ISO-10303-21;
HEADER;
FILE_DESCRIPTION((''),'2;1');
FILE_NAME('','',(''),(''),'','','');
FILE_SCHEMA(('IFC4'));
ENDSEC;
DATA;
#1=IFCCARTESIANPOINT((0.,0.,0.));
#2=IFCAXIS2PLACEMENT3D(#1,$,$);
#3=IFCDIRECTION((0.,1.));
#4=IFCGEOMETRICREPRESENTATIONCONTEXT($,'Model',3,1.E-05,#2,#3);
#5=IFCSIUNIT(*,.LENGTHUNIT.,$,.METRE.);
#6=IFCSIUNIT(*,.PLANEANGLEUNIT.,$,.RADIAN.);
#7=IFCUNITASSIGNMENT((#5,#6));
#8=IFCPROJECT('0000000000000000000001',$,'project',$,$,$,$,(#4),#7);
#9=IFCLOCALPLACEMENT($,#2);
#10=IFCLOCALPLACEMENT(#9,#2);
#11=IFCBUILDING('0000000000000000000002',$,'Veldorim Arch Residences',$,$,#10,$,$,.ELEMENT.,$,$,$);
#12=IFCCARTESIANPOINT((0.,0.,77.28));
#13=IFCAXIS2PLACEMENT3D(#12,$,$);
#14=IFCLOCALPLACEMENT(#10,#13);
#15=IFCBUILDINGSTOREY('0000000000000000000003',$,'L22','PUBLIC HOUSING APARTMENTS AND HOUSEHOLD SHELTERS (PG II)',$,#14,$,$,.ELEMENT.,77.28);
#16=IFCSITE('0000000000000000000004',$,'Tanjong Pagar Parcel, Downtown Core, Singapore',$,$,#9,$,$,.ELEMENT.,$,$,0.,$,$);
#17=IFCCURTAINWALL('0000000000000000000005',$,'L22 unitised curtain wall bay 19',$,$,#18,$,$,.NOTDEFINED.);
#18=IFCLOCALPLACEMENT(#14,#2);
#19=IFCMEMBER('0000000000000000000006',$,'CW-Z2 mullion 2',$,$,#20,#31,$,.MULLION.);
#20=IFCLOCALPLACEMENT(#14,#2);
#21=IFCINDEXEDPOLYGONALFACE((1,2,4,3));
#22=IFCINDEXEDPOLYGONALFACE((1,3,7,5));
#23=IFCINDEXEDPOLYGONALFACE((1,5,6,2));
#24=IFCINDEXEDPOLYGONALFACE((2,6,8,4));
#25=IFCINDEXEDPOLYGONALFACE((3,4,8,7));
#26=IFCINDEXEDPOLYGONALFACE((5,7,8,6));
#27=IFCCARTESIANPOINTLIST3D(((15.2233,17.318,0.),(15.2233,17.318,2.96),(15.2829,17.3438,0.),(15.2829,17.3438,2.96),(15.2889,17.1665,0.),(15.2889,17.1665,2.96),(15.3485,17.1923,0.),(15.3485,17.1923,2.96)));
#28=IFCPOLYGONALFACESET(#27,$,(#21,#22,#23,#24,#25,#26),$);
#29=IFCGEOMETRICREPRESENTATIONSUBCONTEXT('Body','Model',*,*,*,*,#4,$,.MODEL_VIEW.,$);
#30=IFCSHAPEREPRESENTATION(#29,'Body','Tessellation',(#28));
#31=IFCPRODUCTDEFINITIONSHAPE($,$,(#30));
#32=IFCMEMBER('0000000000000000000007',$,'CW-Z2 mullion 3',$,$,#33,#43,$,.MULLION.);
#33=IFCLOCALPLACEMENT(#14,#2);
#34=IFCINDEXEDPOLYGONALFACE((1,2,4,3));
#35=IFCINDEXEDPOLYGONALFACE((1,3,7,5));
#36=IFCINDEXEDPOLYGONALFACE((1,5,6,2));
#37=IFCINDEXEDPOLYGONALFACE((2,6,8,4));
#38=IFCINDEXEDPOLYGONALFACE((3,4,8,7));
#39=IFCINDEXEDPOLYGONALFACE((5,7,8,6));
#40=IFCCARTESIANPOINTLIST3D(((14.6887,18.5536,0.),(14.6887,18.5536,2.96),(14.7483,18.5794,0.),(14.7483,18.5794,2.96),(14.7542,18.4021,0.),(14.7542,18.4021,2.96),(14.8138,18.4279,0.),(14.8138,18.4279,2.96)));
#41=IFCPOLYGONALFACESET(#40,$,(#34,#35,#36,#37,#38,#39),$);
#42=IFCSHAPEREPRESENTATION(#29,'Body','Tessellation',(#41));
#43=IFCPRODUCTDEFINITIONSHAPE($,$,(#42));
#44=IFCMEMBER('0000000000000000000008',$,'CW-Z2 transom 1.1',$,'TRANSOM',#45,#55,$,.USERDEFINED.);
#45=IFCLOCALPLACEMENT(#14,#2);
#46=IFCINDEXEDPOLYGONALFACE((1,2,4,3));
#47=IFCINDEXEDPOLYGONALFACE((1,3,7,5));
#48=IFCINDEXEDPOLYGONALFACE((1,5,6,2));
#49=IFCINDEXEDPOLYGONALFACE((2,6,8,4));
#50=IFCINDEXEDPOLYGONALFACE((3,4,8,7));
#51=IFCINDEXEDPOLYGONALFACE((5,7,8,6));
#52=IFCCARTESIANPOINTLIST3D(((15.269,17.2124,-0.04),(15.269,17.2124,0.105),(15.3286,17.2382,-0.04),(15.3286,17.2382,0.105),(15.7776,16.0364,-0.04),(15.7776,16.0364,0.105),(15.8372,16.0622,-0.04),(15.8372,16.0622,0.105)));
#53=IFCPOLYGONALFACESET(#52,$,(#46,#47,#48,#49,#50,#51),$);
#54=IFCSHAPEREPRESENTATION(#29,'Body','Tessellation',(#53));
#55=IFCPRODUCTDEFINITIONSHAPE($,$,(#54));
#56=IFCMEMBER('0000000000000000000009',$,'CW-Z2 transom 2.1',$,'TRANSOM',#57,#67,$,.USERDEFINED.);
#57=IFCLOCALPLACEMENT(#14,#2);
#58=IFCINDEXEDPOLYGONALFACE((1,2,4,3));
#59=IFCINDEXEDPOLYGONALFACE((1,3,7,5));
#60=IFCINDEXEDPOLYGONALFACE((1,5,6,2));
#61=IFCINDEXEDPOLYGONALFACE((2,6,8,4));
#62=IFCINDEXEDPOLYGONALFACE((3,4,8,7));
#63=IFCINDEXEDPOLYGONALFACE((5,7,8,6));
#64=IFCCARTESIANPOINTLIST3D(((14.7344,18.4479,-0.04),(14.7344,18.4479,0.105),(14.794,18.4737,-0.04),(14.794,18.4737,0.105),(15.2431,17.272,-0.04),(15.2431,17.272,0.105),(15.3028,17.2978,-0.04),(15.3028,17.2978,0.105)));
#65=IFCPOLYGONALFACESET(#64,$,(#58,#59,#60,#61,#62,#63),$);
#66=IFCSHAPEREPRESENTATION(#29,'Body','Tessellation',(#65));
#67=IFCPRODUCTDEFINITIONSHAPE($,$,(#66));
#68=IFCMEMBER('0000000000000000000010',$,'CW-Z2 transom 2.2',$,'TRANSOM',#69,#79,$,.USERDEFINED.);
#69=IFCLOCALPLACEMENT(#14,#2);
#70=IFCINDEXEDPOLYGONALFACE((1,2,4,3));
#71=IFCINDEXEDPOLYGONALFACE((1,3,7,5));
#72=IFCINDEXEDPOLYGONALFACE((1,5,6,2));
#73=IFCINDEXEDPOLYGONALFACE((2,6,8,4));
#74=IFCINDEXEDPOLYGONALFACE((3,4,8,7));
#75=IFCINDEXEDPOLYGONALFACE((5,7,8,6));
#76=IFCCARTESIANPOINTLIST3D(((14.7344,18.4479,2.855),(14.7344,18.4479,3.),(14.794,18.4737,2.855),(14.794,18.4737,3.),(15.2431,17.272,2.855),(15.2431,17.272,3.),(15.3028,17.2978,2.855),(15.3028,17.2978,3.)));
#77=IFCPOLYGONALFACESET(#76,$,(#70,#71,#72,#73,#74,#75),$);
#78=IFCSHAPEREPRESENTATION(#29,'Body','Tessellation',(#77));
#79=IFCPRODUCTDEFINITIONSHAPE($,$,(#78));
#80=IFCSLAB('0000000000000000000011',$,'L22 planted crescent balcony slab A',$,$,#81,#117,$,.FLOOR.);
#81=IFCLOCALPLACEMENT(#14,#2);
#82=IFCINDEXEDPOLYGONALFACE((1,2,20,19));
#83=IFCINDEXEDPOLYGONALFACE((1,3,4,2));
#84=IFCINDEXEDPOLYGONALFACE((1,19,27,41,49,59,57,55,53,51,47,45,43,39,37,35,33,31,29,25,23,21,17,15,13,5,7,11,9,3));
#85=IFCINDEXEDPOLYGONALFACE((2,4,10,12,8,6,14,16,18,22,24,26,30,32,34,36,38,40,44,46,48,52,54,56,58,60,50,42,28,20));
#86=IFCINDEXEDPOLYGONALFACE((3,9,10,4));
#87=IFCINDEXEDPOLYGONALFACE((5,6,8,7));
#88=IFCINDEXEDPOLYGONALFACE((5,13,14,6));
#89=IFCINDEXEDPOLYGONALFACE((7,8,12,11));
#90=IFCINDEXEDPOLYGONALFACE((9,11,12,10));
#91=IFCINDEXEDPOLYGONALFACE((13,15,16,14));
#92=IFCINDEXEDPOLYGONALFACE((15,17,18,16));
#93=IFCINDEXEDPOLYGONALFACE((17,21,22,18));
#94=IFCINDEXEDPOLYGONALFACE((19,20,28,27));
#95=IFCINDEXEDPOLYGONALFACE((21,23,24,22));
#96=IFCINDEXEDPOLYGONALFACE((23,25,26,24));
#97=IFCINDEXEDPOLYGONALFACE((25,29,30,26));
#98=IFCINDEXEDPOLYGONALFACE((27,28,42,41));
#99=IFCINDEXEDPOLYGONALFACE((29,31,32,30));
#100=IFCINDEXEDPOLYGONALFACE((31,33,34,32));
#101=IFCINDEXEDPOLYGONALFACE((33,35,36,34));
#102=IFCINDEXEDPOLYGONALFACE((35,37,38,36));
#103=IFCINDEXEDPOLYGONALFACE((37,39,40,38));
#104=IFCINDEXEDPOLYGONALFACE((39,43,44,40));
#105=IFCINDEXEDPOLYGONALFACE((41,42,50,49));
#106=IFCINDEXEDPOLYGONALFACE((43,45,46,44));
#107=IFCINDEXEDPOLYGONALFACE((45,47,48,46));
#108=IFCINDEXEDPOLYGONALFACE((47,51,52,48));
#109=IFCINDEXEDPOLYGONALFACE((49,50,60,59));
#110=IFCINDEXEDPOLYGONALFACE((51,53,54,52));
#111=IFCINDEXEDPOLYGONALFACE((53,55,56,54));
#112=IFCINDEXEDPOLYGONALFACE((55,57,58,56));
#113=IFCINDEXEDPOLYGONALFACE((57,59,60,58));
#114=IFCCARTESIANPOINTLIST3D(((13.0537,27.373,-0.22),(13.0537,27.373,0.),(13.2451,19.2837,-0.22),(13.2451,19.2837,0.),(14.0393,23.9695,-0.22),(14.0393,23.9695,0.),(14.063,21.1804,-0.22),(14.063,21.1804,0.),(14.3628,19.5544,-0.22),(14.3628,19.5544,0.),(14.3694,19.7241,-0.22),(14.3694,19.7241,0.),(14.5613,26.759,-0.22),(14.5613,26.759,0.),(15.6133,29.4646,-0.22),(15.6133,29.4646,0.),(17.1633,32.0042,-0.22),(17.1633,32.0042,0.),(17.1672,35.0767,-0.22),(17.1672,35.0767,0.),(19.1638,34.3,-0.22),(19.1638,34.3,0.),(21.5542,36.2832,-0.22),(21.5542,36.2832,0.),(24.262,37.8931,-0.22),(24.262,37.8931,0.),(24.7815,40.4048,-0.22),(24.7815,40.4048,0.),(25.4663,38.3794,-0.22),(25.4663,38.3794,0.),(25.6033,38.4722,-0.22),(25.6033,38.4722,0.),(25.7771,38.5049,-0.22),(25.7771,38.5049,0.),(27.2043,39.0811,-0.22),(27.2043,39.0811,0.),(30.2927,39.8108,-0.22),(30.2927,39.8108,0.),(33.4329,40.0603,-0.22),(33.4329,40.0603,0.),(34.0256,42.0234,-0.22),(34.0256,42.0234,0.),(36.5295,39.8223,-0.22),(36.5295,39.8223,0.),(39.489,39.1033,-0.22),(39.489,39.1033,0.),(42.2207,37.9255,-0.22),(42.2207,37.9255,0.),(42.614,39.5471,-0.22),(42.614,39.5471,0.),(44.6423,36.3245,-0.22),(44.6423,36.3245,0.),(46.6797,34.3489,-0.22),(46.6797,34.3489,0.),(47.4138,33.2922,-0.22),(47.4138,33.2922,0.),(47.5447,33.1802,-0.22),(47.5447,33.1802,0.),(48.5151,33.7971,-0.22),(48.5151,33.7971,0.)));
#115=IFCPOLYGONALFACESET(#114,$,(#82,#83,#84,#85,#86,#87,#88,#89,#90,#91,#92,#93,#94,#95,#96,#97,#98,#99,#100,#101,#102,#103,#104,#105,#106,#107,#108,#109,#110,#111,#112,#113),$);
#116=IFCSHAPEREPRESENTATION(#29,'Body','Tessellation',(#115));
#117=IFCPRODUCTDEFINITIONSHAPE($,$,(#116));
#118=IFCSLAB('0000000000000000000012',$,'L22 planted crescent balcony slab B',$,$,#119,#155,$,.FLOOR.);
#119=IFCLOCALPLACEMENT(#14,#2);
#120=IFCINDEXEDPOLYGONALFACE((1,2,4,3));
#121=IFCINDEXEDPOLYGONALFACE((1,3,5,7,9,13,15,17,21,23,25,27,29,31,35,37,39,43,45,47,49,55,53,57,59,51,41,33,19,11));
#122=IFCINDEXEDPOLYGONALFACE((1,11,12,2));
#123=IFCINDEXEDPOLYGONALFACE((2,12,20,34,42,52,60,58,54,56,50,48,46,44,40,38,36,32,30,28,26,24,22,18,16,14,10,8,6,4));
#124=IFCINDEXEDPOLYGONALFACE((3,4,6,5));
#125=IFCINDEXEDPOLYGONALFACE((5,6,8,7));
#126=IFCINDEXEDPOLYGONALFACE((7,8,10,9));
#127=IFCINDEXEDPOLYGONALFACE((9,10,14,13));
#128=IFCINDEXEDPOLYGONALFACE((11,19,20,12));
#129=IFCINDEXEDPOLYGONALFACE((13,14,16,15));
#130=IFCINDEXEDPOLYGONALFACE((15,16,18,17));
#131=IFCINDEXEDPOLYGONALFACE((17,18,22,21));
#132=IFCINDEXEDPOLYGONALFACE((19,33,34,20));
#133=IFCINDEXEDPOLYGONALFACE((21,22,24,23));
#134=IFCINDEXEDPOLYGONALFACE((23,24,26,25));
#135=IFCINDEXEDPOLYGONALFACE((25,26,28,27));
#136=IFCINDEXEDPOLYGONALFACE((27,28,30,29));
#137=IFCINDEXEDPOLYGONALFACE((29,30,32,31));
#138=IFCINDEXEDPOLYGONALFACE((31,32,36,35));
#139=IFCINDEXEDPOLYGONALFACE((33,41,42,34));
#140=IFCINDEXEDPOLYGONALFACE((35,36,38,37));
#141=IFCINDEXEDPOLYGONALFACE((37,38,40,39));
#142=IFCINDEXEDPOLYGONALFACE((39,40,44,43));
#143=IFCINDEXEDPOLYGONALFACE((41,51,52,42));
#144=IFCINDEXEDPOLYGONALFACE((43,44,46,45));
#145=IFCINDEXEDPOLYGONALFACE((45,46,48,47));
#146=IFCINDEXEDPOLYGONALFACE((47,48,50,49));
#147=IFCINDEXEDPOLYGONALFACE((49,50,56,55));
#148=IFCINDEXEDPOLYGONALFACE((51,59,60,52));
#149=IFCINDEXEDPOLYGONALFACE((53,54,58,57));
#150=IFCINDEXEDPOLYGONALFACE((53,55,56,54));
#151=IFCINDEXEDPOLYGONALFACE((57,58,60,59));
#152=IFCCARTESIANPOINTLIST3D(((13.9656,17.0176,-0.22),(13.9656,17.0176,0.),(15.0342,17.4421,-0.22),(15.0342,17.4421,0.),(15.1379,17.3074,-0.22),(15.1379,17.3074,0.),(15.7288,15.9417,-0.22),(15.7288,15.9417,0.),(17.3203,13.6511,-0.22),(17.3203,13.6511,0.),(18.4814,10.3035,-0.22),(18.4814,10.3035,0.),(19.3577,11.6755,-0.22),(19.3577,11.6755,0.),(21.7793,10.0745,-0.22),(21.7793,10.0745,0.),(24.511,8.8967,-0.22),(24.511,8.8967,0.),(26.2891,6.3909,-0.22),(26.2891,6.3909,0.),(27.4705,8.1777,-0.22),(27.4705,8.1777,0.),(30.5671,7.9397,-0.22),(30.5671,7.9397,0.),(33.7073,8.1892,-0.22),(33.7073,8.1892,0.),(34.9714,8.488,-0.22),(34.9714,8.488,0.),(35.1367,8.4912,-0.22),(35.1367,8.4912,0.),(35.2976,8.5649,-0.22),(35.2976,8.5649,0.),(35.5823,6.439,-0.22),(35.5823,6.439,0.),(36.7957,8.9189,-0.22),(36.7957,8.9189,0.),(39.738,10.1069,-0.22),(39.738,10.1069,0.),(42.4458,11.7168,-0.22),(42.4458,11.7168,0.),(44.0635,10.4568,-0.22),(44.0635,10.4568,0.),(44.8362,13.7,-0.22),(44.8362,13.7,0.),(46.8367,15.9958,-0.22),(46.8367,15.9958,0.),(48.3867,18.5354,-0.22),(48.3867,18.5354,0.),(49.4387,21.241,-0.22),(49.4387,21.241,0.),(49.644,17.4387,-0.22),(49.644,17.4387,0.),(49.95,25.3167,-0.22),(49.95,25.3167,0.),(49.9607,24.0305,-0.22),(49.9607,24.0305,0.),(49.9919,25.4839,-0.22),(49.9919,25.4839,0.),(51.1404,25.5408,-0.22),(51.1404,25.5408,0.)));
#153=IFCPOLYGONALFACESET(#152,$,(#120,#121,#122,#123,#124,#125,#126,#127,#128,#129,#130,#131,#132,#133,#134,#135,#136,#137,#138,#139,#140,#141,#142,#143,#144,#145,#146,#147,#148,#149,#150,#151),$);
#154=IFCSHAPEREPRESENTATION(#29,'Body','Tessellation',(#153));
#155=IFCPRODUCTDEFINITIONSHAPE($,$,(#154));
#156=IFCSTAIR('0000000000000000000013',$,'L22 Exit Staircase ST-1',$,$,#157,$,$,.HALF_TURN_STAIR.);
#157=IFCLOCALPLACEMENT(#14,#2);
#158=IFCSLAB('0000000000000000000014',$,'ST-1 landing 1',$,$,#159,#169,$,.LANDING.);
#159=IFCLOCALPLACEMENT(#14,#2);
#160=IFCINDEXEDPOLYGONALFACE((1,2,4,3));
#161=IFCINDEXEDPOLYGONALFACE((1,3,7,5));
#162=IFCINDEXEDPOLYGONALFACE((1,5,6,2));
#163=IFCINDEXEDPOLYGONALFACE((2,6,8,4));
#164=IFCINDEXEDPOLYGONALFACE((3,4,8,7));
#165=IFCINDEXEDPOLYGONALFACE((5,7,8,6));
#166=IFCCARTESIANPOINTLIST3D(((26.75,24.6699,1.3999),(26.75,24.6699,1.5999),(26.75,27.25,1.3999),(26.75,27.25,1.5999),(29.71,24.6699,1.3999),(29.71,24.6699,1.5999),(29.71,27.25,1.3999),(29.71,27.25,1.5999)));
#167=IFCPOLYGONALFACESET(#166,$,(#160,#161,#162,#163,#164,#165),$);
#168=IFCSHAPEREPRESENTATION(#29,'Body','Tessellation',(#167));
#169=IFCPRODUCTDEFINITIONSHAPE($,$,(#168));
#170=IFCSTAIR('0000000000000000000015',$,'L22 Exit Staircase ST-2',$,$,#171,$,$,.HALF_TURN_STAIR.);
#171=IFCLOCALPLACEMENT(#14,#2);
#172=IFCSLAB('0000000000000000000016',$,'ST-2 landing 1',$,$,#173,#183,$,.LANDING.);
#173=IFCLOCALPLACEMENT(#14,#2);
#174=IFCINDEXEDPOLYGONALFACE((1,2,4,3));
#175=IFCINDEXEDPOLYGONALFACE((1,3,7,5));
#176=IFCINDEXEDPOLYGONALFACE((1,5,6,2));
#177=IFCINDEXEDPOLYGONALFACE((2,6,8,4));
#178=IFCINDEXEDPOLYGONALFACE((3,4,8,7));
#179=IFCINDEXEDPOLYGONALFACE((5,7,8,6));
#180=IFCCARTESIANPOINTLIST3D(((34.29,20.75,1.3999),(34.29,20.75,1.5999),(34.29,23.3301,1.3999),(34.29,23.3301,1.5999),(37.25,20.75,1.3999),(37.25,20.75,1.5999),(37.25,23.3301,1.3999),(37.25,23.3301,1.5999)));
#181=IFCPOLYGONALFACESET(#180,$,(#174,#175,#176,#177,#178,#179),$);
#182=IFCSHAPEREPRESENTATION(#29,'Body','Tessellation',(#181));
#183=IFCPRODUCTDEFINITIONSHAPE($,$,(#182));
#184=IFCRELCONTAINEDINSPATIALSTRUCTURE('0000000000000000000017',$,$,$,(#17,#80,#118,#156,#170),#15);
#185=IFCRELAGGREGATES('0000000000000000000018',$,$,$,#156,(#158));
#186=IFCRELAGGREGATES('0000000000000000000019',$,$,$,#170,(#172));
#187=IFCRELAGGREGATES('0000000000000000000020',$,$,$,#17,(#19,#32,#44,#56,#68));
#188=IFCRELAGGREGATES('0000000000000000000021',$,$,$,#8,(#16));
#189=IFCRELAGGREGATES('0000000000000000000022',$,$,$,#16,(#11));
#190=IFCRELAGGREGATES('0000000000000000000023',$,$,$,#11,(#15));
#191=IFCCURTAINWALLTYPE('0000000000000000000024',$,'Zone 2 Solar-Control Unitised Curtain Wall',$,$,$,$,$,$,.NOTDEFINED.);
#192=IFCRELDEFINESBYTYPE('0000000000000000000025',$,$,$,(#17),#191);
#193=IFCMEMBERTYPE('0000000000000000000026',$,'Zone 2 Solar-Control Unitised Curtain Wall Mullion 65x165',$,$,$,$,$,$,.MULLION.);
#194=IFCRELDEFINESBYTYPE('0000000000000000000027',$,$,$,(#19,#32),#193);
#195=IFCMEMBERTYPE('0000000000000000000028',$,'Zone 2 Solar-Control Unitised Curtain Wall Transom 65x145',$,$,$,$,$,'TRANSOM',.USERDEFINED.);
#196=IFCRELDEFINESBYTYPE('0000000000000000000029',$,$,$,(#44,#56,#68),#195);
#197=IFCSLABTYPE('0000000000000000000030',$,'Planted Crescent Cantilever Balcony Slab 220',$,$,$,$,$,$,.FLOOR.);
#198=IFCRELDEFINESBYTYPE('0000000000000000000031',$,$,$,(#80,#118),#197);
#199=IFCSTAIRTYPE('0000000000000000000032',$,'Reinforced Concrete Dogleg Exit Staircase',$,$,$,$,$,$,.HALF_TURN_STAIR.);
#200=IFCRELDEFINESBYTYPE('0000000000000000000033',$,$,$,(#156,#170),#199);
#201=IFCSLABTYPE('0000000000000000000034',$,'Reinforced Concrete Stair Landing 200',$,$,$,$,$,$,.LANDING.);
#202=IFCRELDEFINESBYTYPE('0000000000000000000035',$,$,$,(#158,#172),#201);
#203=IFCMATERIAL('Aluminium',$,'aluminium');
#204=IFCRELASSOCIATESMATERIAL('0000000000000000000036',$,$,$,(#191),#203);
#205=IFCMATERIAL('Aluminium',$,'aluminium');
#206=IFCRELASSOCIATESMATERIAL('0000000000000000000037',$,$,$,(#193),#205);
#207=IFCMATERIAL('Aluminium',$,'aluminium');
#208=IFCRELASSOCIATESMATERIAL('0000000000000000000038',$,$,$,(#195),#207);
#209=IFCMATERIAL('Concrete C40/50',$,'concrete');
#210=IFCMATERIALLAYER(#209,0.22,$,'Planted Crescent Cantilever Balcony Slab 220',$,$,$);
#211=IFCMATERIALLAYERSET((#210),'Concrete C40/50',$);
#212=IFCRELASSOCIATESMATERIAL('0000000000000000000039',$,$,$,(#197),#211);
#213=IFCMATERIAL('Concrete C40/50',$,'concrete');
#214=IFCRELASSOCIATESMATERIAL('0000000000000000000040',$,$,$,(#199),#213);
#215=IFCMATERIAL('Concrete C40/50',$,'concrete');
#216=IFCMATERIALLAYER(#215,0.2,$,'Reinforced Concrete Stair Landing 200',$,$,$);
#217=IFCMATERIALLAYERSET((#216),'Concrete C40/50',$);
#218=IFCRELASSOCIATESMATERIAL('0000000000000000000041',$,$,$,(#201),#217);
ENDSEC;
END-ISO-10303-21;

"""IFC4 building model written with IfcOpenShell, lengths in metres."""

from ifc_helpers import new_model, si_unit, direction, frame, origin, origin_2d, place, context, subcontext, project, spatial, polyline, rectangle, outline, extrude, material, layer, layer_set, material_profile, profile_set, type_object, element, aggregate, save


model = new_model("IFC4")

# Units and contexts
model_context = context("Model", 3, precision=1e-05, world=origin(), true_north=direction((0.0, 1.0)))
body_context = subcontext(model_context, "Body", "Model", "MODEL_VIEW")
ifc_project = project(units=[si_unit("LENGTHUNIT", "METRE"), si_unit("PLANEANGLEUNIT", "RADIAN")], contexts=[model_context])

# Site, building, storey
site_placement = place(None, origin())
site = spatial("IfcSite", under=ifc_project, at=site_placement, Name="Tanjong Pagar Parcel, Downtown Core, Singapore", CompositionType="ELEMENT", RefElevation=0.0)
building_placement = place(site_placement, origin())
building = spatial("IfcBuilding", under=site, at=building_placement, Name="Veldorim Arch Residences", CompositionType="ELEMENT")
storey_placement = place(building_placement, frame((0.0, 0.0, 77.28)))
storey = spatial("IfcBuildingStorey", under=building, at=storey_placement, Name="L22", Description="PUBLIC HOUSING APARTMENTS AND HOUSEHOLD SHELTERS (PG II)", CompositionType="ELEMENT", Elevation=77.28)

# Curtain wall, members
ifc_material_1 = material(Name="Aluminium", Category="aluminium")
curtain_wall_type = type_object("IfcCurtainWallType", Name="Zone 2 Solar-Control Unitised Curtain Wall", PredefinedType="NOTDEFINED", material=ifc_material_1)
curtain_wall_placement = place(storey_placement, origin())
curtain_wall = element("IfcCurtainWall", 1, at=curtain_wall_placement, inside=storey, type_object=curtain_wall_type, Name="L22 unitised curtain wall bay 19", PredefinedType="NOTDEFINED")
ifc_material_2 = material(Name="Aluminium", Category="aluminium")
ifc_material_profile_1 = material_profile(ifc_material_2, rectangle(XDim=0.0649, YDim=0.165, at=origin_2d()), Name="ALU_MUL_65x165")
ifc_profile_set_1 = profile_set([ifc_material_profile_1], Name="Aluminium")
member_type_1 = type_object("IfcMemberType", Name="Zone 2 Solar-Control Unitised Curtain Wall Mullion 65x165", PredefinedType="MULLION", material=ifc_profile_set_1)
member_1_placement = place(storey_placement, frame((15.2859, 17.2551, 0.0), z_axis=(0.0, 0.0, 1.0), x_axis=(-0.917797, -0.397051, 0.0)))
member_1 = element("IfcMember", 2, at=member_1_placement, type_object=member_type_1, Name="CW-Z2 mullion 2", PredefinedType="MULLION", context=body_context, shape_type="SweptSolid", body=[
    extrude(rectangle(XDim=0.0649, YDim=0.165, at=origin_2d()), origin(), (0.0, 0.0, 1.0), 2.96),
])
member_2_placement = place(storey_placement, frame((14.7512, 18.4907, 0.0), z_axis=(0.0, 0.0, 1.0), x_axis=(-0.917797, -0.397051, 0.0)))
member_2 = element("IfcMember", 3, at=member_2_placement, type_object=member_type_1, Name="CW-Z2 mullion 3", PredefinedType="MULLION", context=body_context, shape_type="SweptSolid", body=[
    extrude(rectangle(XDim=0.0649, YDim=0.165, at=origin_2d()), origin(), (0.0, 0.0, 1.0), 2.96),
])
ifc_material_3 = material(Name="Aluminium", Category="aluminium")
ifc_material_profile_2 = material_profile(ifc_material_3, rectangle(XDim=0.0649, YDim=0.145, at=origin_2d()), Name="ALU_TRN_65x145")
ifc_profile_set_2 = profile_set([ifc_material_profile_2], Name="Aluminium")
member_type_2 = type_object("IfcMemberType", Name="Zone 2 Solar-Control Unitised Curtain Wall Transom 65x145", ElementType="TRANSOM", PredefinedType="USERDEFINED", material=ifc_profile_set_2)
member_3_placement = place(storey_placement, frame((15.8074, 16.0493, 0.0325), z_axis=(-0.396907, 0.917859, 0.0), x_axis=(-0.917859, -0.396907, 0.0)))
member_3 = element("IfcMember", 4, at=member_3_placement, type_object=member_type_2, Name="CW-Z2 transom 1.1", ObjectType="TRANSOM", PredefinedType="USERDEFINED", context=body_context, shape_type="SweptSolid", body=[
    extrude(rectangle(XDim=0.0649, YDim=0.145, at=origin_2d()), origin(), (0.0, 0.0, 1.0), 1.2812),
])
member_4_placement = place(storey_placement, frame((15.2729, 17.2849, 0.0325), z_axis=(-0.397067, 0.917789, 0.0), x_axis=(-0.917789, -0.397067, 0.0)))
member_4 = element("IfcMember", 5, at=member_4_placement, type_object=member_type_2, Name="CW-Z2 transom 2.1", ObjectType="TRANSOM", PredefinedType="USERDEFINED", context=body_context, shape_type="SweptSolid", body=[
    extrude(rectangle(XDim=0.0649, YDim=0.145, at=origin_2d()), origin(), (0.0, 0.0, 1.0), 1.2812),
])
member_5_placement = place(storey_placement, frame((15.2729, 17.2849, 2.9275), z_axis=(-0.397067, 0.917789, 0.0), x_axis=(-0.917789, -0.397067, 0.0)))
member_5 = element("IfcMember", 6, at=member_5_placement, type_object=member_type_2, Name="CW-Z2 transom 2.2", ObjectType="TRANSOM", PredefinedType="USERDEFINED", context=body_context, shape_type="SweptSolid", body=[
    extrude(rectangle(XDim=0.0649, YDim=0.145, at=origin_2d()), origin(), (0.0, 0.0, 1.0), 1.2812),
])

# Slabs
ifc_material_4 = material(Name="Concrete C40/50", Category="concrete")
ifc_layer_1 = layer(ifc_material_4, 0.22, Name="Planted Crescent Cantilever Balcony Slab 220")
ifc_layer_set_1 = layer_set([ifc_layer_1], Name="Concrete C40/50")
slab_type_1 = type_object("IfcSlabType", Name="Planted Crescent Cantilever Balcony Slab 220", PredefinedType="FLOOR", material=ifc_layer_set_1)
slab_1_placement = place(storey_placement, frame((0.0, 0.0, -0.22)))
element("IfcSlab", 7, at=slab_1_placement, inside=storey, type_object=slab_type_1, Name="L22 planted crescent balcony slab A", PredefinedType="FLOOR", context=body_context, shape_type="SweptSolid", body=[
    extrude(outline(polyline([(47.4138, 33.2922), (46.6797, 34.3489), (44.6423, 36.3245), (42.2207, 37.9255), (39.489, 39.1033), (36.5295, 39.8223), (33.4329, 40.0603), (30.2927, 39.8108), (27.2043, 39.0811), (25.7771, 38.5049), (25.6033, 38.4722), (25.4663, 38.3794), (24.262, 37.8931), (21.5542, 36.2832), (19.1638, 34.3), (17.1633, 32.0042), (15.6133, 29.4646), (14.5613, 26.759), (14.0393, 23.9695), (14.063, 21.1804), (14.3694, 19.7241), (14.3628, 19.5544), (13.2451, 19.2837), (13.0537, 27.373), (17.1672, 35.0767), (24.7815, 40.4048), (34.0256, 42.0234), (42.614, 39.5471), (48.5151, 33.7971), (47.5447, 33.1802), (47.4138, 33.2922)])), origin(), (0.0, 0.0, 1.0), 0.22),
])
slab_2_placement = place(storey_placement, frame((0.0, 0.0, -0.22)))
element("IfcSlab", 8, at=slab_2_placement, inside=storey, type_object=slab_type_1, Name="L22 planted crescent balcony slab B", PredefinedType="FLOOR", context=body_context, shape_type="SweptSolid", body=[
    extrude(outline(polyline([(15.1379, 17.3074), (15.7288, 15.9417), (17.3203, 13.6511), (19.3577, 11.6755), (21.7793, 10.0745), (24.511, 8.8967), (27.4705, 8.1777), (30.5671, 7.9397), (33.7073, 8.1892), (34.9714, 8.488), (35.1367, 8.4912), (35.2976, 8.5649), (36.7957, 8.9189), (39.738, 10.1069), (42.4458, 11.7168), (44.8362, 13.7), (46.8367, 15.9958), (48.3867, 18.5354), (49.4387, 21.241), (49.9607, 24.0305), (49.95, 25.3167), (49.9919, 25.4839), (51.1404, 25.5408), (49.644, 17.4387), (44.0635, 10.4568), (35.5823, 6.439), (26.2891, 6.3909), (18.4814, 10.3035), (13.9656, 17.0176), (15.0342, 17.4421), (15.1379, 17.3074)])), origin(), (0.0, 0.0, 1.0), 0.22),
])

# Stairs, slabs
ifc_material_5 = material(Name="Concrete C40/50", Category="concrete")
stair_type = type_object("IfcStairType", Name="Reinforced Concrete Dogleg Exit Staircase", PredefinedType="HALF_TURN_STAIR", material=ifc_material_5)
stair_1_placement = place(storey_placement, origin())
stair_1 = element("IfcStair", 9, at=stair_1_placement, inside=storey, type_object=stair_type, Name="L22 Exit Staircase ST-1", PredefinedType="HALF_TURN_STAIR")
ifc_material_6 = material(Name="Concrete C40/50", Category="concrete")
ifc_layer_2 = layer(ifc_material_6, 0.2, Name="Reinforced Concrete Stair Landing 200")
ifc_layer_set_2 = layer_set([ifc_layer_2], Name="Concrete C40/50")
slab_type_2 = type_object("IfcSlabType", Name="Reinforced Concrete Stair Landing 200", PredefinedType="LANDING", material=ifc_layer_set_2)
slab_3_placement = place(storey_placement, frame((0.0, 0.0, 1.3999)))
slab_3 = element("IfcSlab", 10, at=slab_3_placement, type_object=slab_type_2, Name="ST-1 landing 1", PredefinedType="LANDING", context=body_context, shape_type="SweptSolid", body=[
    extrude(outline(polyline([(29.71, 24.6699), (29.71, 27.25), (26.75, 27.25), (26.75, 24.6699), (29.71, 24.6699)])), origin(), (0.0, 0.0, 1.0), 0.2),
])
aggregate(stair_1, [slab_3])
stair_2_placement = place(storey_placement, origin())
stair_2 = element("IfcStair", 11, at=stair_2_placement, inside=storey, type_object=stair_type, Name="L22 Exit Staircase ST-2", PredefinedType="HALF_TURN_STAIR")
slab_4_placement = place(storey_placement, frame((0.0, 0.0, 1.3999)))
slab_4 = element("IfcSlab", 12, at=slab_4_placement, type_object=slab_type_2, Name="ST-2 landing 1", PredefinedType="LANDING", context=body_context, shape_type="SweptSolid", body=[
    extrude(outline(polyline([(34.29, 23.3301), (34.29, 20.75), (37.25, 20.75), (37.25, 23.3301), (34.29, 23.3301)])), origin(), (0.0, 0.0, 1.0), 0.2),
])
aggregate(stair_2, [slab_4])

aggregate(curtain_wall, [member_1, member_2, member_3, member_4, member_5])

save(model, "model.ifc")
